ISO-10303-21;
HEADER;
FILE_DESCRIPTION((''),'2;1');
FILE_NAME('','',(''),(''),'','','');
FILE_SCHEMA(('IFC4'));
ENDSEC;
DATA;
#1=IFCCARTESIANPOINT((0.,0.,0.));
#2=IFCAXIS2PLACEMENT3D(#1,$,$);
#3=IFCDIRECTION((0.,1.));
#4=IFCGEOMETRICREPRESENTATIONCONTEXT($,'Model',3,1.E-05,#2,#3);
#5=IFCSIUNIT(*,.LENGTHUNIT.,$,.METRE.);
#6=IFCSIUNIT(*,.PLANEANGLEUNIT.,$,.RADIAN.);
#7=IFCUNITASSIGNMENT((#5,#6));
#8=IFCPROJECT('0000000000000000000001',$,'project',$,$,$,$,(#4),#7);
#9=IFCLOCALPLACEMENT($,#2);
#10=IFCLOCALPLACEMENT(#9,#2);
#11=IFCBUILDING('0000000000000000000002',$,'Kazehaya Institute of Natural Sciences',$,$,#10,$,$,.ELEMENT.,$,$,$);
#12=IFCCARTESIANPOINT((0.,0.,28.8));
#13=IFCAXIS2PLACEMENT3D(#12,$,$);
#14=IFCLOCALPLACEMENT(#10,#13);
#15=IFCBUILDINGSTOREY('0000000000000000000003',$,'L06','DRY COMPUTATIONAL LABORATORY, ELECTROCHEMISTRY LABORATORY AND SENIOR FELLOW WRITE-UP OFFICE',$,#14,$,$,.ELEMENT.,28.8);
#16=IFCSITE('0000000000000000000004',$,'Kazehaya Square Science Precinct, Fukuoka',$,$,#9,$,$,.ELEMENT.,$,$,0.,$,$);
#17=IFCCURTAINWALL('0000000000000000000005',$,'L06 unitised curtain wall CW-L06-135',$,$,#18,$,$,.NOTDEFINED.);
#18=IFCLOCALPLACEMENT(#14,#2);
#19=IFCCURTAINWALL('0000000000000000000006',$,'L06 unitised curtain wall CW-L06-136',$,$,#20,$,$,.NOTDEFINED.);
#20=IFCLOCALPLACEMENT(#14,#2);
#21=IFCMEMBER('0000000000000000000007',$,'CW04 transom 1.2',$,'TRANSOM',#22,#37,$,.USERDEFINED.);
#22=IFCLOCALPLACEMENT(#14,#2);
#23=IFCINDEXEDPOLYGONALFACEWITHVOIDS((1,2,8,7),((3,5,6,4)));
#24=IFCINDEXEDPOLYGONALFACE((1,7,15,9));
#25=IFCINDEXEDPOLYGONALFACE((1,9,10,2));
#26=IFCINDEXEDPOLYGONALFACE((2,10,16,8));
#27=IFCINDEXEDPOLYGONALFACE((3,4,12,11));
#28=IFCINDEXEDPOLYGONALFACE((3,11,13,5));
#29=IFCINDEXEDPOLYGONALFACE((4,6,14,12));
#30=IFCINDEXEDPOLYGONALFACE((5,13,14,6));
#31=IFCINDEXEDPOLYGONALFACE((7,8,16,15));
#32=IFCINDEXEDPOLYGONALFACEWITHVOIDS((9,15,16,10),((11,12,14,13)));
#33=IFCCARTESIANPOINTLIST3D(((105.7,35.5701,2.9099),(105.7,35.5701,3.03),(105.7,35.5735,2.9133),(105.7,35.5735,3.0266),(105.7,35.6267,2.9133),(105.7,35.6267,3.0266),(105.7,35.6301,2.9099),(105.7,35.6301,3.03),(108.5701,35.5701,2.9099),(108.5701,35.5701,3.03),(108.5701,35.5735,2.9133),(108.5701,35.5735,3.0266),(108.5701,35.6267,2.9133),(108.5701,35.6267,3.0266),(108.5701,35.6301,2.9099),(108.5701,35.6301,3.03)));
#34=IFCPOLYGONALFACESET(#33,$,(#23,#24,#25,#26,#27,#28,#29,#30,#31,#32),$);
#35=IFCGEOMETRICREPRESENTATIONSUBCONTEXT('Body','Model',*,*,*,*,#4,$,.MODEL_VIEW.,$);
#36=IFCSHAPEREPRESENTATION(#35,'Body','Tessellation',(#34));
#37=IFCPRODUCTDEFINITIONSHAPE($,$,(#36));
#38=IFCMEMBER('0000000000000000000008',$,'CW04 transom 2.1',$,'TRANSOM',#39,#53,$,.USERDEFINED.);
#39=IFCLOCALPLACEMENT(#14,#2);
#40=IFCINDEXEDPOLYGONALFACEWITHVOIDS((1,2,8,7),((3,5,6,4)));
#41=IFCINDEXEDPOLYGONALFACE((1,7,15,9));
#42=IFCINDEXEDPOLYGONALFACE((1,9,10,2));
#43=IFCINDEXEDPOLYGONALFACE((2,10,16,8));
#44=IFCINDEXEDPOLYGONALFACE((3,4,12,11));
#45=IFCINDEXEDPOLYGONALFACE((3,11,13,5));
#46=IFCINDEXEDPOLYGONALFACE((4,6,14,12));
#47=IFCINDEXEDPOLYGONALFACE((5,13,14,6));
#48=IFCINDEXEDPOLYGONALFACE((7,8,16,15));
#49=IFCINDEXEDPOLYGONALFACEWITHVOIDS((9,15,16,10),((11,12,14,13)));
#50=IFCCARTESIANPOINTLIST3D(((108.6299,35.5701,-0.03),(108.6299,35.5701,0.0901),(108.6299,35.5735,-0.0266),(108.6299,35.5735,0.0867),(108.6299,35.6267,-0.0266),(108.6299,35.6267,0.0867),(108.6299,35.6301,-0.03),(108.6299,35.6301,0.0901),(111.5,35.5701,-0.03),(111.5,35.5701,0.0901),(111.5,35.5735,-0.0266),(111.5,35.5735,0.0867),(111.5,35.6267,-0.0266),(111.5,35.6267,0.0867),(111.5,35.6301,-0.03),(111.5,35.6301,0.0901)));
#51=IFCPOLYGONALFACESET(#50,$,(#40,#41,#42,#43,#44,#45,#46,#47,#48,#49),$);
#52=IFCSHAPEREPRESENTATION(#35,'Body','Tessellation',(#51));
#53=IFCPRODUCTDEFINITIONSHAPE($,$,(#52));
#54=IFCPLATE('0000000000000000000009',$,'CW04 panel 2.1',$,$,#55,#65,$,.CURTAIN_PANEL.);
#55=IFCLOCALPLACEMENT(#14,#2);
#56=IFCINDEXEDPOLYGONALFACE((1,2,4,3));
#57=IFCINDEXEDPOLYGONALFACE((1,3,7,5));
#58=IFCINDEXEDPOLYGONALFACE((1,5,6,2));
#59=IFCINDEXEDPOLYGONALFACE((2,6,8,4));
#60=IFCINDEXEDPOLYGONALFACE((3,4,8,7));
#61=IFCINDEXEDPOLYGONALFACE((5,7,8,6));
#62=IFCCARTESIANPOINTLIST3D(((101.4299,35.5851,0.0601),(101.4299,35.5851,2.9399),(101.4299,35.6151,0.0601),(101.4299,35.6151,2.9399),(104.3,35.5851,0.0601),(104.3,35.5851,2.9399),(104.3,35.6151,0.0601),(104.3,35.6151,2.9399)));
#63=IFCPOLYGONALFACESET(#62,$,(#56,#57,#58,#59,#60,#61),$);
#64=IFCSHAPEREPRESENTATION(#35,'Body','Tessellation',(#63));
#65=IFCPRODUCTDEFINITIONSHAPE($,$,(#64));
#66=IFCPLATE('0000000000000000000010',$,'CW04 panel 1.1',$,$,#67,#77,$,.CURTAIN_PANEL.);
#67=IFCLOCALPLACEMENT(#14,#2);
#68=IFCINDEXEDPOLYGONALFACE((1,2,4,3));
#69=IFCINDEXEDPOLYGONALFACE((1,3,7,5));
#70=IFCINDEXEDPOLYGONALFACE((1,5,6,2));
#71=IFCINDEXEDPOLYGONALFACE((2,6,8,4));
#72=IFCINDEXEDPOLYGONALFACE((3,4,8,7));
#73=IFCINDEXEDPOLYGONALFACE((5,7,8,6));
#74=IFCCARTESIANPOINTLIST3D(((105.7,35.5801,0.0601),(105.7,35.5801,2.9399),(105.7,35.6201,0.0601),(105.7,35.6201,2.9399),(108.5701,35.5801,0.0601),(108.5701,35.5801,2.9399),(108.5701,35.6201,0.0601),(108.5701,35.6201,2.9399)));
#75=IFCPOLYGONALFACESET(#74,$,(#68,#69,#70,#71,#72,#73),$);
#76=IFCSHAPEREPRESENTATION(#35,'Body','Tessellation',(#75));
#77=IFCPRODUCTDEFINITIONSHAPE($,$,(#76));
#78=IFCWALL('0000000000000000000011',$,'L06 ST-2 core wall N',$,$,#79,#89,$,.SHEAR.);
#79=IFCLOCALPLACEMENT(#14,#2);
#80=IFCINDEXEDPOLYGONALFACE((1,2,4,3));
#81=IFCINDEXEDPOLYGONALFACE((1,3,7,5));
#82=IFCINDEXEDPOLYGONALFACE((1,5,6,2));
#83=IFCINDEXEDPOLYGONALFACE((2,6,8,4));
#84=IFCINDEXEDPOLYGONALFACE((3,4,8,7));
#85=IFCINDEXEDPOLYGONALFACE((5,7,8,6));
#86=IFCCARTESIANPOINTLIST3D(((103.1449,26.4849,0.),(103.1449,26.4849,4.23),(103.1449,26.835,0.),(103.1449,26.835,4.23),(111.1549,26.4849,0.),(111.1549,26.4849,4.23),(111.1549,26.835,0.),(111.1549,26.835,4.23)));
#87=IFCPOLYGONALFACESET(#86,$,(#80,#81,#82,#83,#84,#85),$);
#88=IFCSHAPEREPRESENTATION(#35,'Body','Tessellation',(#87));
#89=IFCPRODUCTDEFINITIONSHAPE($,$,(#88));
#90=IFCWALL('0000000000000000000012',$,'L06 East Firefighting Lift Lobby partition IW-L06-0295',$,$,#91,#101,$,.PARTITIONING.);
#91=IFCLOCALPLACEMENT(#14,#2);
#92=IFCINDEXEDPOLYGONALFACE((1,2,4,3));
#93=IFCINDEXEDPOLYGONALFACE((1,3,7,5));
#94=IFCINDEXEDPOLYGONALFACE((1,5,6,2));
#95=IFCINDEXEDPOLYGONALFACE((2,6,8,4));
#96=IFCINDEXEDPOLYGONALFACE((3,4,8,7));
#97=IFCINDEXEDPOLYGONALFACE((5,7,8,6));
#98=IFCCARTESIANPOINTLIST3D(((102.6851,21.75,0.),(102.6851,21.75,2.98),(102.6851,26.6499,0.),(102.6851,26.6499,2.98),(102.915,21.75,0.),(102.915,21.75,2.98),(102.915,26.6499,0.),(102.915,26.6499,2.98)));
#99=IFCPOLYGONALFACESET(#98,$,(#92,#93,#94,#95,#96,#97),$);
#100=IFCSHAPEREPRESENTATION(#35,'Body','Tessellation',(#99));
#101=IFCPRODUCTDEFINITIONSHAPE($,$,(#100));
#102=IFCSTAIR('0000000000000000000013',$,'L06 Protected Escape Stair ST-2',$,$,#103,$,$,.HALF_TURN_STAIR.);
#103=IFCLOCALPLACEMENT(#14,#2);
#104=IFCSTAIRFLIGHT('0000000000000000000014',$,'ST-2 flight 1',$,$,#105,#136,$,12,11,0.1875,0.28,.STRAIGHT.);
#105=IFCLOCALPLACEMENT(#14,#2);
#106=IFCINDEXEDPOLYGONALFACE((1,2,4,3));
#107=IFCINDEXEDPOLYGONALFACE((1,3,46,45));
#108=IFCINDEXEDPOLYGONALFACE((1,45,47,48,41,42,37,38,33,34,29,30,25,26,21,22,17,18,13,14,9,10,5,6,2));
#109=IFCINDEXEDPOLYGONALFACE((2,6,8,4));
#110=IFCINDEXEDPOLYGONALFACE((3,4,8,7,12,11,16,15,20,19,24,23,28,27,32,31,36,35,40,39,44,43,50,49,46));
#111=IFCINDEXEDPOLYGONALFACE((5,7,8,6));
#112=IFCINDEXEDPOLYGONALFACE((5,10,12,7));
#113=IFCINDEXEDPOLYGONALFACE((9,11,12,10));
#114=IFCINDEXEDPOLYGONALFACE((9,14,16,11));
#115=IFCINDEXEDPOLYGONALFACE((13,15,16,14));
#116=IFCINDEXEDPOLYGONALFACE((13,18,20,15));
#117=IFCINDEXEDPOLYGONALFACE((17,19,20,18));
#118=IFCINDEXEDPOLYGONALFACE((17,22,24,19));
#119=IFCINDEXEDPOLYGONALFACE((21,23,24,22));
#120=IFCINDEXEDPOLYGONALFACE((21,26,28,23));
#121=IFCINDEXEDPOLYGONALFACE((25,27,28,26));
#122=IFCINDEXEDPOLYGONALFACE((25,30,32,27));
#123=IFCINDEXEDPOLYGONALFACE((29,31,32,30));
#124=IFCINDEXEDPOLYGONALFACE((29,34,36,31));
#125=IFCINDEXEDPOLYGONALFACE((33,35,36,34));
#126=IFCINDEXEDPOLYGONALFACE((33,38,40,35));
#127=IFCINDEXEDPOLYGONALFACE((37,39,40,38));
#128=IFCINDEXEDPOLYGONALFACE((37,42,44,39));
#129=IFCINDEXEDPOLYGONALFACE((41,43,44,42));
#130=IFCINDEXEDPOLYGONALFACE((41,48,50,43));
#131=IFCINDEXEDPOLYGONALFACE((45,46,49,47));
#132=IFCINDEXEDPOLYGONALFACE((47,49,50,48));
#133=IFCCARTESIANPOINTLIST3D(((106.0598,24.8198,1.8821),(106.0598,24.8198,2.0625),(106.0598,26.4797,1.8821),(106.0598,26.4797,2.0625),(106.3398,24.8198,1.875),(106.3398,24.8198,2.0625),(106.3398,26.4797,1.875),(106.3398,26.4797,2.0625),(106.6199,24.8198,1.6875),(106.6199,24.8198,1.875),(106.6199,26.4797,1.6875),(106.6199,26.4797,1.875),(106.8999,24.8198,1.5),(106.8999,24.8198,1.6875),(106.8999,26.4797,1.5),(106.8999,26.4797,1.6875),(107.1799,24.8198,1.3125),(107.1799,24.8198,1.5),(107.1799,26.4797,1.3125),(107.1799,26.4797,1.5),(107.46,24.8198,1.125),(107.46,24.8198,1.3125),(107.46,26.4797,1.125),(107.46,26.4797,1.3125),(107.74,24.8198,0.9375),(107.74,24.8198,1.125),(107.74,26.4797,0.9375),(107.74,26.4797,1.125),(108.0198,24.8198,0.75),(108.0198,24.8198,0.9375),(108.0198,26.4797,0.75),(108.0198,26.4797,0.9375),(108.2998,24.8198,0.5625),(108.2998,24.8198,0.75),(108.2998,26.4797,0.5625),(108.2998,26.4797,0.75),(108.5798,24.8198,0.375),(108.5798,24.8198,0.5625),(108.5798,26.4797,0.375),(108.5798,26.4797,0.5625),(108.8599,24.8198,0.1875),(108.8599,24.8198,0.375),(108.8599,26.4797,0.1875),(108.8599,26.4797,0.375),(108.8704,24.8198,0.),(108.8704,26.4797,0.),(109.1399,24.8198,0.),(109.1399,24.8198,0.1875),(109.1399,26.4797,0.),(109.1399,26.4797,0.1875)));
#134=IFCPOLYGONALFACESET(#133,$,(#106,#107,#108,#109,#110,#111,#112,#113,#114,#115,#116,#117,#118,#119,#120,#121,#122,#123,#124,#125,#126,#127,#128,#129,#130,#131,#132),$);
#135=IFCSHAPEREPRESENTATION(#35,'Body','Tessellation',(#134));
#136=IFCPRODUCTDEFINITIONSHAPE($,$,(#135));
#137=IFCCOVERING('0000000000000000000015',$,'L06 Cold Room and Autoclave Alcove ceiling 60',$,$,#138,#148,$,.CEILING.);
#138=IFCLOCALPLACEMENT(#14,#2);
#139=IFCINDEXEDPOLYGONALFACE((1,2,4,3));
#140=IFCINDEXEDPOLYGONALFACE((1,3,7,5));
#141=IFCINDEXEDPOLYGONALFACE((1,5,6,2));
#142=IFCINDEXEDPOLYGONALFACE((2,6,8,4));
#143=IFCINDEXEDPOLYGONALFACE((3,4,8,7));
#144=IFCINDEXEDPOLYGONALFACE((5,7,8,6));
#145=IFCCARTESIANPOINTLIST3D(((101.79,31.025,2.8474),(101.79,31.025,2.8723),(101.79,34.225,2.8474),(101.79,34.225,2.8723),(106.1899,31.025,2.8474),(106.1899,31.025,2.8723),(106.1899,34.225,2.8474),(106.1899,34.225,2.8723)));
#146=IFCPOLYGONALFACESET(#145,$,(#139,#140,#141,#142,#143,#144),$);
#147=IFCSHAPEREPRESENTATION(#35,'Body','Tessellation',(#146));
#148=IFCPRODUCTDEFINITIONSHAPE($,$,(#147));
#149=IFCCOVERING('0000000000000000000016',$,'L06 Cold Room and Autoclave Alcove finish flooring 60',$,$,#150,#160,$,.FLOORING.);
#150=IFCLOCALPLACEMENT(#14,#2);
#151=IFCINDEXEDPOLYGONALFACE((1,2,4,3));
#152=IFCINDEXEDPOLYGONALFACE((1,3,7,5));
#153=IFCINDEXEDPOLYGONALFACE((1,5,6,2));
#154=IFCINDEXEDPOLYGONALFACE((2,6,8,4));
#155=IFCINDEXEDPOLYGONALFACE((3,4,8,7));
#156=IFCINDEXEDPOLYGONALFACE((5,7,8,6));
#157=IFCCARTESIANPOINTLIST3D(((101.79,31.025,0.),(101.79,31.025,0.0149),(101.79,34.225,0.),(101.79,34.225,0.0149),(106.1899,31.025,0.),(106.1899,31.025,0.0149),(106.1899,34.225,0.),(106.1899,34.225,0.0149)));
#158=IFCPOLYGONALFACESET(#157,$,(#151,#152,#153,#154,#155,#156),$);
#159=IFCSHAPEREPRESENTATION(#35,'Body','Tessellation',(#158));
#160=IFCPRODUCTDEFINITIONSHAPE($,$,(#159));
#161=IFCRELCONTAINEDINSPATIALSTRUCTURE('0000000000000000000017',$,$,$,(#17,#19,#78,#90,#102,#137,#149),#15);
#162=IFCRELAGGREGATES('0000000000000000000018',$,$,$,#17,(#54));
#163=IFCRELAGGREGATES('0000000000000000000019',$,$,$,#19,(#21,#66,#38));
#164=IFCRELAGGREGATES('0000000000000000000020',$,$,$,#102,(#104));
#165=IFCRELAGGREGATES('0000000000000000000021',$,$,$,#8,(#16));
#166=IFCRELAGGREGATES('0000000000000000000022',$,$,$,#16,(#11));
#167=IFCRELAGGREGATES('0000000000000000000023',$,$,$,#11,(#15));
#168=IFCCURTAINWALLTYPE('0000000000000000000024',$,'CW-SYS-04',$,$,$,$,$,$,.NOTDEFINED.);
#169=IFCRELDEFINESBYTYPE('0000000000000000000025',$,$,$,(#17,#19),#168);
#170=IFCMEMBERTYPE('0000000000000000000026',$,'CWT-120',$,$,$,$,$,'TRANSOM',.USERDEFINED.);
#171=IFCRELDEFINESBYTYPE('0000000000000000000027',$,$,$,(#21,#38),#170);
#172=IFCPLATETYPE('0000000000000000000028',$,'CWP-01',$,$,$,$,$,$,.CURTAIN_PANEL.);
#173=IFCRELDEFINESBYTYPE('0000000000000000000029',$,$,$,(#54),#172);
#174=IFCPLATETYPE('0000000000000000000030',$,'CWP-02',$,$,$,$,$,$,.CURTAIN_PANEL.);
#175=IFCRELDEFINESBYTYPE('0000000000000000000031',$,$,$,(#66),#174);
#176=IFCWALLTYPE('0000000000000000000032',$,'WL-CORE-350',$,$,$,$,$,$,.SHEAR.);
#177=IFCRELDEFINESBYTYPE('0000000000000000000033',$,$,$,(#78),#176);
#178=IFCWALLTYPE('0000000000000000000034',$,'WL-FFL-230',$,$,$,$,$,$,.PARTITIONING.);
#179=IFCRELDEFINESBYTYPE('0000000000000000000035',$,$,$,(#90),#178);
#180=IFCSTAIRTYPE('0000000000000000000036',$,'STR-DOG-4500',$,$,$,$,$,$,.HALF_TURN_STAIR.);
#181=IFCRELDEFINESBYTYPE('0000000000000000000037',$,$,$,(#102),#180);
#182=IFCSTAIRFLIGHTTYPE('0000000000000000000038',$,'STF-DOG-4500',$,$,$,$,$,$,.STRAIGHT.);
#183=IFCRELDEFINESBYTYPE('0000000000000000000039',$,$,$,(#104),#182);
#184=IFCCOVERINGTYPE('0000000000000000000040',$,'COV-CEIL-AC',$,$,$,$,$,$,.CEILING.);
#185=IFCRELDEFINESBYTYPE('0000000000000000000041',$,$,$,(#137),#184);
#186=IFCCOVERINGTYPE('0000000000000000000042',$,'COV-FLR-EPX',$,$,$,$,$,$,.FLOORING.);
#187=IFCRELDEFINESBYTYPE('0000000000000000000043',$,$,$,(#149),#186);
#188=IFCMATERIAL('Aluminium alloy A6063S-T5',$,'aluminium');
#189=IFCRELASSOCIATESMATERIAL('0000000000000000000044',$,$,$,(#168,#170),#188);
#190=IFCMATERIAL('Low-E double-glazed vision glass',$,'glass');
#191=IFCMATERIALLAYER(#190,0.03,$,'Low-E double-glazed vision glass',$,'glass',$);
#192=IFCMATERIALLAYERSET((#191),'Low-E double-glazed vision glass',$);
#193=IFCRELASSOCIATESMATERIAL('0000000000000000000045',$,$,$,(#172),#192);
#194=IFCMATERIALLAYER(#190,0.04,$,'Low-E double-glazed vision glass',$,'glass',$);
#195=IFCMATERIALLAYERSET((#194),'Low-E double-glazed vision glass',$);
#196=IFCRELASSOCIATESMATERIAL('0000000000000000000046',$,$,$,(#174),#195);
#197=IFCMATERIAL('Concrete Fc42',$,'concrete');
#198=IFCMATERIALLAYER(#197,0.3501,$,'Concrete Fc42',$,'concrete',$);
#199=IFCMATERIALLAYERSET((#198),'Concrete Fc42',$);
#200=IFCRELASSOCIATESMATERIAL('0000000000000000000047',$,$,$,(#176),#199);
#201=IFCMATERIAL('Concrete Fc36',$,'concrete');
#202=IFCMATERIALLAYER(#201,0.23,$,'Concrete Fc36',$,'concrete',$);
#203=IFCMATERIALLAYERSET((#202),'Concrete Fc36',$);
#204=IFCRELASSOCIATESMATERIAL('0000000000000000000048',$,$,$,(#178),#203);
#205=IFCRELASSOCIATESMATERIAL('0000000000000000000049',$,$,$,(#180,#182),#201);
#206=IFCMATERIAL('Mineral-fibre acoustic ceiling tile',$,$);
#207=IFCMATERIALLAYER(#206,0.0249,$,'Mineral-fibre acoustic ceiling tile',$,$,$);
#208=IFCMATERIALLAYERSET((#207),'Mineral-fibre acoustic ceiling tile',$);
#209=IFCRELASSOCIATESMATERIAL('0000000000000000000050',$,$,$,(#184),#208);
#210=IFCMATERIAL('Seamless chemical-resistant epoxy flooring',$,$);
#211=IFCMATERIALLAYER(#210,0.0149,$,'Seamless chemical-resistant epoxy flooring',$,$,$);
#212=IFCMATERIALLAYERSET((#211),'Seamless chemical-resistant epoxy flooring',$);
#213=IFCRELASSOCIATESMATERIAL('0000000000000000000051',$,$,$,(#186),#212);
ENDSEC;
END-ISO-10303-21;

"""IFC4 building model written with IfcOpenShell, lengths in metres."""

from ifc_helpers import new_model, si_unit, direction, frame, frame_2d, origin, origin_2d, place, context, subcontext, project, spatial, polyline, rectangle, hollow_rectangle, outline, extrude, material, layer, layer_set, material_profile, profile_set, type_object, element, aggregate, save


model = new_model("IFC4")

# Units and contexts
model_context = context("Model", 3, precision=1e-05, world=origin(), true_north=direction((0.0, 1.0)))
body_context = subcontext(model_context, "Body", "Model", "MODEL_VIEW")
ifc_project = project(units=[si_unit("LENGTHUNIT", "METRE"), si_unit("PLANEANGLEUNIT", "RADIAN")], contexts=[model_context])

# Site, building, storey
site_placement = place(None, origin())
site = spatial("IfcSite", under=ifc_project, at=site_placement, Name="Kazehaya Square Science Precinct, Fukuoka", CompositionType="ELEMENT", RefElevation=0.0)
building_placement = place(site_placement, origin())
building = spatial("IfcBuilding", under=site, at=building_placement, Name="Kazehaya Institute of Natural Sciences", CompositionType="ELEMENT")
storey_placement = place(building_placement, frame((0.0, 0.0, 28.8)))
storey = spatial("IfcBuildingStorey", under=building, at=storey_placement, Name="L06", Description="DRY COMPUTATIONAL LABORATORY, ELECTROCHEMISTRY LABORATORY AND SENIOR FELLOW WRITE-UP OFFICE", CompositionType="ELEMENT", Elevation=28.8)

# Shared definitions
ifc_material_1 = material(Name="Concrete Fc36", Category="concrete")

# Curtain walls
ifc_material_2 = material(Name="Aluminium alloy A6063S-T5", Category="aluminium")
curtain_wall_type = type_object("IfcCurtainWallType", Name="CW-SYS-04", PredefinedType="NOTDEFINED", material=ifc_material_2)
curtain_wall_1_placement = place(storey_placement, origin())
curtain_wall_1 = element("IfcCurtainWall", 1, at=curtain_wall_1_placement, inside=storey, type_object=curtain_wall_type, Name="L06 unitised curtain wall CW-L06-135", PredefinedType="NOTDEFINED")
curtain_wall_2_placement = place(storey_placement, origin())
curtain_wall_2 = element("IfcCurtainWall", 2, at=curtain_wall_2_placement, inside=storey, type_object=curtain_wall_type, Name="L06 unitised curtain wall CW-L06-136", PredefinedType="NOTDEFINED")

# Members
ifc_material_profile_1 = material_profile(ifc_material_2, hollow_rectangle(XDim=0.0601, YDim=0.1201, WallThickness=0.0034, at=origin_2d()), Name="ALU-60x120x3.5")
ifc_profile_set_1 = profile_set([ifc_material_profile_1], Name="Aluminium alloy A6063S-T5")
member_type_1 = type_object("IfcMemberType", Name="CWT-120", ElementType="TRANSOM", PredefinedType="USERDEFINED", material=ifc_profile_set_1)
member_1_placement = place(storey_placement, frame((105.7, 35.6001, 2.97), z_axis=(1.0, 0.0, 0.0), x_axis=(0.0, 1.0, 0.0)))
member_1 = element("IfcMember", 3, at=member_1_placement, type_object=member_type_1, Name="CW04 transom 1.2", ObjectType="TRANSOM", PredefinedType="USERDEFINED", context=body_context, shape_type="SweptSolid", body=[
    extrude(hollow_rectangle(XDim=0.0601, YDim=0.1201, WallThickness=0.0034, at=origin_2d()), origin(), (0.0, 0.0, 1.0), 2.8701),
])
member_2_placement = place(storey_placement, frame((108.6299, 35.6001, 0.03), z_axis=(1.0, 0.0, 0.0), x_axis=(0.0, 1.0, 0.0)))
member_2 = element("IfcMember", 4, at=member_2_placement, type_object=member_type_1, Name="CW04 transom 2.1", ObjectType="TRANSOM", PredefinedType="USERDEFINED", context=body_context, shape_type="SweptSolid", body=[
    extrude(hollow_rectangle(XDim=0.0601, YDim=0.1201, WallThickness=0.0034, at=origin_2d()), origin(), (0.0, 0.0, 1.0), 2.8701),
])

# Plates
ifc_material_3 = material(Name="Low-E double-glazed vision glass", Category="glass")
ifc_layer_1 = layer(ifc_material_3, 0.03, Name="Low-E double-glazed vision glass", Category="glass")
ifc_layer_set_1 = layer_set([ifc_layer_1], Name="Low-E double-glazed vision glass")
plate_type_1 = type_object("IfcPlateType", Name="CWP-01", PredefinedType="CURTAIN_PANEL", material=ifc_layer_set_1)
plate_1_placement = place(storey_placement, frame((102.865, 35.6001, 0.0601), z_axis=(0.0, 0.0, 1.0), x_axis=(1.0, 0.0, 0.0)))
plate_1 = element("IfcPlate", 5, at=plate_1_placement, type_object=plate_type_1, Name="CW04 panel 2.1", PredefinedType="CURTAIN_PANEL", context=body_context, shape_type="SweptSolid", body=[
    extrude(rectangle(XDim=2.8701, YDim=0.03, at=origin_2d()), origin(), (0.0, 0.0, 1.0), 2.8799),
])
aggregate(curtain_wall_1, [plate_1])
ifc_layer_2 = layer(ifc_material_3, 0.04, Name="Low-E double-glazed vision glass", Category="glass")
ifc_layer_set_2 = layer_set([ifc_layer_2], Name="Low-E double-glazed vision glass")
plate_type_2 = type_object("IfcPlateType", Name="CWP-02", PredefinedType="CURTAIN_PANEL", material=ifc_layer_set_2)
plate_2_placement = place(storey_placement, frame((107.135, 35.6001, 0.0601), z_axis=(0.0, 0.0, 1.0), x_axis=(1.0, 0.0, 0.0)))
plate_2 = element("IfcPlate", 6, at=plate_2_placement, type_object=plate_type_2, Name="CW04 panel 1.1", PredefinedType="CURTAIN_PANEL", context=body_context, shape_type="SweptSolid", body=[
    extrude(rectangle(XDim=2.8701, YDim=0.04, at=origin_2d()), origin(), (0.0, 0.0, 1.0), 2.8799),
])
aggregate(curtain_wall_2, [member_1, plate_2, member_2])

# Walls
ifc_material_4 = material(Name="Concrete Fc42", Category="concrete")
ifc_layer_3 = layer(ifc_material_4, 0.3501, Name="Concrete Fc42", Category="concrete")
ifc_layer_set_3 = layer_set([ifc_layer_3], Name="Concrete Fc42")
wall_type_1 = type_object("IfcWallType", Name="WL-CORE-350", PredefinedType="SHEAR", material=ifc_layer_set_3)
wall_1_placement = place(storey_placement, frame((103.145, 26.6599, 0.0), z_axis=(0.0, 0.0, 1.0), x_axis=(1.0, 0.0, 0.0)))
element("IfcWall", 7, at=wall_1_placement, inside=storey, type_object=wall_type_1, Name="L06 ST-2 core wall N", PredefinedType="SHEAR", context=body_context, shape_type="SweptSolid", body=[
    extrude(rectangle(XDim=8.01, YDim=0.3501, at=frame_2d((4.0049, 0.0))), origin(), (0.0, 0.0, 1.0), 4.23),
])
ifc_layer_4 = layer(ifc_material_1, 0.23, Name="Concrete Fc36", Category="concrete")
ifc_layer_set_4 = layer_set([ifc_layer_4], Name="Concrete Fc36")
wall_type_2 = type_object("IfcWallType", Name="WL-FFL-230", PredefinedType="PARTITIONING", material=ifc_layer_set_4)
wall_2_placement = place(storey_placement, frame((102.8, 26.6499, 0.0), z_axis=(0.0, 0.0, 1.0), x_axis=(0.0, -1.0, 0.0)))
element("IfcWall", 8, at=wall_2_placement, inside=storey, type_object=wall_type_2, Name="L06 East Firefighting Lift Lobby partition IW-L06-0295", PredefinedType="PARTITIONING", context=body_context, shape_type="SweptSolid", body=[
    extrude(rectangle(XDim=4.8999, YDim=0.23, at=frame_2d((2.45, 0.0))), origin(), (0.0, 0.0, 1.0), 2.98),
])

# Stair, stair flight
stair_type = type_object("IfcStairType", Name="STR-DOG-4500", PredefinedType="HALF_TURN_STAIR", material=ifc_material_1)
stair_placement = place(storey_placement, origin())
stair = element("IfcStair", 9, at=stair_placement, inside=storey, type_object=stair_type, Name="L06 Protected Escape Stair ST-2", PredefinedType="HALF_TURN_STAIR")
stair_flight_type = type_object("IfcStairFlightType", Name="STF-DOG-4500", PredefinedType="STRAIGHT", material=ifc_material_1)
stair_flight_placement = place(storey_placement, frame((109.1399, 25.6499, 0.0), z_axis=(0.0, 0.0, 1.0), x_axis=(-1.0, 0.0, 0.0)))
stair_flight = element("IfcStairFlight", 10, at=stair_flight_placement, type_object=stair_flight_type, Name="ST-2 flight 1", NumberOfRisers=12, NumberOfTreads=11, PredefinedType="STRAIGHT", RiserHeight=0.1875, TreadLength=0.28, context=body_context, shape_type="SweptSolid", body=[
    extrude(outline(polyline([(0.0, 0.0), (0.0, 0.1875), (0.28, 0.1875), (0.28, 0.375), (0.5601, 0.375), (0.5601, 0.5625), (0.8401, 0.5625), (0.8401, 0.75), (1.1201, 0.75), (1.1201, 0.9375), (1.3999, 0.9375), (1.3999, 1.125), (1.6799, 1.125), (1.6799, 1.3125), (1.96, 1.3125), (1.96, 1.5), (2.24, 1.5), (2.24, 1.6875), (2.52, 1.6875), (2.52, 1.875), (2.8, 1.875), (2.8, 2.0625), (3.0801, 2.0625), (3.0801, 2.25), (3.0801, 1.8821), (0.2695, 0.0), (0.0, 0.0)])), frame((0.0, 0.8301, 0.0), z_axis=(0.0, -1.0, 0.0), x_axis=(1.0, 0.0, 0.0)), (0.0, 0.0, 1.0), 1.6599),
])
aggregate(stair, [stair_flight])

# Coverings
ifc_material_5 = material(Name="Mineral-fibre acoustic ceiling tile")
ifc_layer_5 = layer(ifc_material_5, 0.0249, Name="Mineral-fibre acoustic ceiling tile")
ifc_layer_set_5 = layer_set([ifc_layer_5], Name="Mineral-fibre acoustic ceiling tile")
covering_type_1 = type_object("IfcCoveringType", Name="COV-CEIL-AC", PredefinedType="CEILING", material=ifc_layer_set_5)
covering_1_placement = place(storey_placement, frame((103.99, 32.625, 2.8474), z_axis=(0.0, 0.0, 1.0), x_axis=(1.0, 0.0, 0.0)))
element("IfcCovering", 11, at=covering_1_placement, inside=storey, type_object=covering_type_1, Name="L06 Cold Room and Autoclave Alcove ceiling 60", PredefinedType="CEILING", context=body_context, shape_type="SweptSolid", body=[
    extrude(rectangle(XDim=4.3999, YDim=3.2, at=origin_2d()), origin(), (0.0, 0.0, 1.0), 0.0249),
])
ifc_material_6 = material(Name="Seamless chemical-resistant epoxy flooring")
ifc_layer_6 = layer(ifc_material_6, 0.0149, Name="Seamless chemical-resistant epoxy flooring")
ifc_layer_set_6 = layer_set([ifc_layer_6], Name="Seamless chemical-resistant epoxy flooring")
covering_type_2 = type_object("IfcCoveringType", Name="COV-FLR-EPX", PredefinedType="FLOORING", material=ifc_layer_set_6)
covering_2_placement = place(storey_placement, frame((103.99, 32.625, 0.0), z_axis=(0.0, 0.0, 1.0), x_axis=(1.0, 0.0, 0.0)))
element("IfcCovering", 12, at=covering_2_placement, inside=storey, type_object=covering_type_2, Name="L06 Cold Room and Autoclave Alcove finish flooring 60", PredefinedType="FLOORING", context=body_context, shape_type="SweptSolid", body=[
    extrude(rectangle(XDim=4.3999, YDim=3.2, at=origin_2d()), origin(), (0.0, 0.0, 1.0), 0.0149),
])

save(model, "model.ifc")
